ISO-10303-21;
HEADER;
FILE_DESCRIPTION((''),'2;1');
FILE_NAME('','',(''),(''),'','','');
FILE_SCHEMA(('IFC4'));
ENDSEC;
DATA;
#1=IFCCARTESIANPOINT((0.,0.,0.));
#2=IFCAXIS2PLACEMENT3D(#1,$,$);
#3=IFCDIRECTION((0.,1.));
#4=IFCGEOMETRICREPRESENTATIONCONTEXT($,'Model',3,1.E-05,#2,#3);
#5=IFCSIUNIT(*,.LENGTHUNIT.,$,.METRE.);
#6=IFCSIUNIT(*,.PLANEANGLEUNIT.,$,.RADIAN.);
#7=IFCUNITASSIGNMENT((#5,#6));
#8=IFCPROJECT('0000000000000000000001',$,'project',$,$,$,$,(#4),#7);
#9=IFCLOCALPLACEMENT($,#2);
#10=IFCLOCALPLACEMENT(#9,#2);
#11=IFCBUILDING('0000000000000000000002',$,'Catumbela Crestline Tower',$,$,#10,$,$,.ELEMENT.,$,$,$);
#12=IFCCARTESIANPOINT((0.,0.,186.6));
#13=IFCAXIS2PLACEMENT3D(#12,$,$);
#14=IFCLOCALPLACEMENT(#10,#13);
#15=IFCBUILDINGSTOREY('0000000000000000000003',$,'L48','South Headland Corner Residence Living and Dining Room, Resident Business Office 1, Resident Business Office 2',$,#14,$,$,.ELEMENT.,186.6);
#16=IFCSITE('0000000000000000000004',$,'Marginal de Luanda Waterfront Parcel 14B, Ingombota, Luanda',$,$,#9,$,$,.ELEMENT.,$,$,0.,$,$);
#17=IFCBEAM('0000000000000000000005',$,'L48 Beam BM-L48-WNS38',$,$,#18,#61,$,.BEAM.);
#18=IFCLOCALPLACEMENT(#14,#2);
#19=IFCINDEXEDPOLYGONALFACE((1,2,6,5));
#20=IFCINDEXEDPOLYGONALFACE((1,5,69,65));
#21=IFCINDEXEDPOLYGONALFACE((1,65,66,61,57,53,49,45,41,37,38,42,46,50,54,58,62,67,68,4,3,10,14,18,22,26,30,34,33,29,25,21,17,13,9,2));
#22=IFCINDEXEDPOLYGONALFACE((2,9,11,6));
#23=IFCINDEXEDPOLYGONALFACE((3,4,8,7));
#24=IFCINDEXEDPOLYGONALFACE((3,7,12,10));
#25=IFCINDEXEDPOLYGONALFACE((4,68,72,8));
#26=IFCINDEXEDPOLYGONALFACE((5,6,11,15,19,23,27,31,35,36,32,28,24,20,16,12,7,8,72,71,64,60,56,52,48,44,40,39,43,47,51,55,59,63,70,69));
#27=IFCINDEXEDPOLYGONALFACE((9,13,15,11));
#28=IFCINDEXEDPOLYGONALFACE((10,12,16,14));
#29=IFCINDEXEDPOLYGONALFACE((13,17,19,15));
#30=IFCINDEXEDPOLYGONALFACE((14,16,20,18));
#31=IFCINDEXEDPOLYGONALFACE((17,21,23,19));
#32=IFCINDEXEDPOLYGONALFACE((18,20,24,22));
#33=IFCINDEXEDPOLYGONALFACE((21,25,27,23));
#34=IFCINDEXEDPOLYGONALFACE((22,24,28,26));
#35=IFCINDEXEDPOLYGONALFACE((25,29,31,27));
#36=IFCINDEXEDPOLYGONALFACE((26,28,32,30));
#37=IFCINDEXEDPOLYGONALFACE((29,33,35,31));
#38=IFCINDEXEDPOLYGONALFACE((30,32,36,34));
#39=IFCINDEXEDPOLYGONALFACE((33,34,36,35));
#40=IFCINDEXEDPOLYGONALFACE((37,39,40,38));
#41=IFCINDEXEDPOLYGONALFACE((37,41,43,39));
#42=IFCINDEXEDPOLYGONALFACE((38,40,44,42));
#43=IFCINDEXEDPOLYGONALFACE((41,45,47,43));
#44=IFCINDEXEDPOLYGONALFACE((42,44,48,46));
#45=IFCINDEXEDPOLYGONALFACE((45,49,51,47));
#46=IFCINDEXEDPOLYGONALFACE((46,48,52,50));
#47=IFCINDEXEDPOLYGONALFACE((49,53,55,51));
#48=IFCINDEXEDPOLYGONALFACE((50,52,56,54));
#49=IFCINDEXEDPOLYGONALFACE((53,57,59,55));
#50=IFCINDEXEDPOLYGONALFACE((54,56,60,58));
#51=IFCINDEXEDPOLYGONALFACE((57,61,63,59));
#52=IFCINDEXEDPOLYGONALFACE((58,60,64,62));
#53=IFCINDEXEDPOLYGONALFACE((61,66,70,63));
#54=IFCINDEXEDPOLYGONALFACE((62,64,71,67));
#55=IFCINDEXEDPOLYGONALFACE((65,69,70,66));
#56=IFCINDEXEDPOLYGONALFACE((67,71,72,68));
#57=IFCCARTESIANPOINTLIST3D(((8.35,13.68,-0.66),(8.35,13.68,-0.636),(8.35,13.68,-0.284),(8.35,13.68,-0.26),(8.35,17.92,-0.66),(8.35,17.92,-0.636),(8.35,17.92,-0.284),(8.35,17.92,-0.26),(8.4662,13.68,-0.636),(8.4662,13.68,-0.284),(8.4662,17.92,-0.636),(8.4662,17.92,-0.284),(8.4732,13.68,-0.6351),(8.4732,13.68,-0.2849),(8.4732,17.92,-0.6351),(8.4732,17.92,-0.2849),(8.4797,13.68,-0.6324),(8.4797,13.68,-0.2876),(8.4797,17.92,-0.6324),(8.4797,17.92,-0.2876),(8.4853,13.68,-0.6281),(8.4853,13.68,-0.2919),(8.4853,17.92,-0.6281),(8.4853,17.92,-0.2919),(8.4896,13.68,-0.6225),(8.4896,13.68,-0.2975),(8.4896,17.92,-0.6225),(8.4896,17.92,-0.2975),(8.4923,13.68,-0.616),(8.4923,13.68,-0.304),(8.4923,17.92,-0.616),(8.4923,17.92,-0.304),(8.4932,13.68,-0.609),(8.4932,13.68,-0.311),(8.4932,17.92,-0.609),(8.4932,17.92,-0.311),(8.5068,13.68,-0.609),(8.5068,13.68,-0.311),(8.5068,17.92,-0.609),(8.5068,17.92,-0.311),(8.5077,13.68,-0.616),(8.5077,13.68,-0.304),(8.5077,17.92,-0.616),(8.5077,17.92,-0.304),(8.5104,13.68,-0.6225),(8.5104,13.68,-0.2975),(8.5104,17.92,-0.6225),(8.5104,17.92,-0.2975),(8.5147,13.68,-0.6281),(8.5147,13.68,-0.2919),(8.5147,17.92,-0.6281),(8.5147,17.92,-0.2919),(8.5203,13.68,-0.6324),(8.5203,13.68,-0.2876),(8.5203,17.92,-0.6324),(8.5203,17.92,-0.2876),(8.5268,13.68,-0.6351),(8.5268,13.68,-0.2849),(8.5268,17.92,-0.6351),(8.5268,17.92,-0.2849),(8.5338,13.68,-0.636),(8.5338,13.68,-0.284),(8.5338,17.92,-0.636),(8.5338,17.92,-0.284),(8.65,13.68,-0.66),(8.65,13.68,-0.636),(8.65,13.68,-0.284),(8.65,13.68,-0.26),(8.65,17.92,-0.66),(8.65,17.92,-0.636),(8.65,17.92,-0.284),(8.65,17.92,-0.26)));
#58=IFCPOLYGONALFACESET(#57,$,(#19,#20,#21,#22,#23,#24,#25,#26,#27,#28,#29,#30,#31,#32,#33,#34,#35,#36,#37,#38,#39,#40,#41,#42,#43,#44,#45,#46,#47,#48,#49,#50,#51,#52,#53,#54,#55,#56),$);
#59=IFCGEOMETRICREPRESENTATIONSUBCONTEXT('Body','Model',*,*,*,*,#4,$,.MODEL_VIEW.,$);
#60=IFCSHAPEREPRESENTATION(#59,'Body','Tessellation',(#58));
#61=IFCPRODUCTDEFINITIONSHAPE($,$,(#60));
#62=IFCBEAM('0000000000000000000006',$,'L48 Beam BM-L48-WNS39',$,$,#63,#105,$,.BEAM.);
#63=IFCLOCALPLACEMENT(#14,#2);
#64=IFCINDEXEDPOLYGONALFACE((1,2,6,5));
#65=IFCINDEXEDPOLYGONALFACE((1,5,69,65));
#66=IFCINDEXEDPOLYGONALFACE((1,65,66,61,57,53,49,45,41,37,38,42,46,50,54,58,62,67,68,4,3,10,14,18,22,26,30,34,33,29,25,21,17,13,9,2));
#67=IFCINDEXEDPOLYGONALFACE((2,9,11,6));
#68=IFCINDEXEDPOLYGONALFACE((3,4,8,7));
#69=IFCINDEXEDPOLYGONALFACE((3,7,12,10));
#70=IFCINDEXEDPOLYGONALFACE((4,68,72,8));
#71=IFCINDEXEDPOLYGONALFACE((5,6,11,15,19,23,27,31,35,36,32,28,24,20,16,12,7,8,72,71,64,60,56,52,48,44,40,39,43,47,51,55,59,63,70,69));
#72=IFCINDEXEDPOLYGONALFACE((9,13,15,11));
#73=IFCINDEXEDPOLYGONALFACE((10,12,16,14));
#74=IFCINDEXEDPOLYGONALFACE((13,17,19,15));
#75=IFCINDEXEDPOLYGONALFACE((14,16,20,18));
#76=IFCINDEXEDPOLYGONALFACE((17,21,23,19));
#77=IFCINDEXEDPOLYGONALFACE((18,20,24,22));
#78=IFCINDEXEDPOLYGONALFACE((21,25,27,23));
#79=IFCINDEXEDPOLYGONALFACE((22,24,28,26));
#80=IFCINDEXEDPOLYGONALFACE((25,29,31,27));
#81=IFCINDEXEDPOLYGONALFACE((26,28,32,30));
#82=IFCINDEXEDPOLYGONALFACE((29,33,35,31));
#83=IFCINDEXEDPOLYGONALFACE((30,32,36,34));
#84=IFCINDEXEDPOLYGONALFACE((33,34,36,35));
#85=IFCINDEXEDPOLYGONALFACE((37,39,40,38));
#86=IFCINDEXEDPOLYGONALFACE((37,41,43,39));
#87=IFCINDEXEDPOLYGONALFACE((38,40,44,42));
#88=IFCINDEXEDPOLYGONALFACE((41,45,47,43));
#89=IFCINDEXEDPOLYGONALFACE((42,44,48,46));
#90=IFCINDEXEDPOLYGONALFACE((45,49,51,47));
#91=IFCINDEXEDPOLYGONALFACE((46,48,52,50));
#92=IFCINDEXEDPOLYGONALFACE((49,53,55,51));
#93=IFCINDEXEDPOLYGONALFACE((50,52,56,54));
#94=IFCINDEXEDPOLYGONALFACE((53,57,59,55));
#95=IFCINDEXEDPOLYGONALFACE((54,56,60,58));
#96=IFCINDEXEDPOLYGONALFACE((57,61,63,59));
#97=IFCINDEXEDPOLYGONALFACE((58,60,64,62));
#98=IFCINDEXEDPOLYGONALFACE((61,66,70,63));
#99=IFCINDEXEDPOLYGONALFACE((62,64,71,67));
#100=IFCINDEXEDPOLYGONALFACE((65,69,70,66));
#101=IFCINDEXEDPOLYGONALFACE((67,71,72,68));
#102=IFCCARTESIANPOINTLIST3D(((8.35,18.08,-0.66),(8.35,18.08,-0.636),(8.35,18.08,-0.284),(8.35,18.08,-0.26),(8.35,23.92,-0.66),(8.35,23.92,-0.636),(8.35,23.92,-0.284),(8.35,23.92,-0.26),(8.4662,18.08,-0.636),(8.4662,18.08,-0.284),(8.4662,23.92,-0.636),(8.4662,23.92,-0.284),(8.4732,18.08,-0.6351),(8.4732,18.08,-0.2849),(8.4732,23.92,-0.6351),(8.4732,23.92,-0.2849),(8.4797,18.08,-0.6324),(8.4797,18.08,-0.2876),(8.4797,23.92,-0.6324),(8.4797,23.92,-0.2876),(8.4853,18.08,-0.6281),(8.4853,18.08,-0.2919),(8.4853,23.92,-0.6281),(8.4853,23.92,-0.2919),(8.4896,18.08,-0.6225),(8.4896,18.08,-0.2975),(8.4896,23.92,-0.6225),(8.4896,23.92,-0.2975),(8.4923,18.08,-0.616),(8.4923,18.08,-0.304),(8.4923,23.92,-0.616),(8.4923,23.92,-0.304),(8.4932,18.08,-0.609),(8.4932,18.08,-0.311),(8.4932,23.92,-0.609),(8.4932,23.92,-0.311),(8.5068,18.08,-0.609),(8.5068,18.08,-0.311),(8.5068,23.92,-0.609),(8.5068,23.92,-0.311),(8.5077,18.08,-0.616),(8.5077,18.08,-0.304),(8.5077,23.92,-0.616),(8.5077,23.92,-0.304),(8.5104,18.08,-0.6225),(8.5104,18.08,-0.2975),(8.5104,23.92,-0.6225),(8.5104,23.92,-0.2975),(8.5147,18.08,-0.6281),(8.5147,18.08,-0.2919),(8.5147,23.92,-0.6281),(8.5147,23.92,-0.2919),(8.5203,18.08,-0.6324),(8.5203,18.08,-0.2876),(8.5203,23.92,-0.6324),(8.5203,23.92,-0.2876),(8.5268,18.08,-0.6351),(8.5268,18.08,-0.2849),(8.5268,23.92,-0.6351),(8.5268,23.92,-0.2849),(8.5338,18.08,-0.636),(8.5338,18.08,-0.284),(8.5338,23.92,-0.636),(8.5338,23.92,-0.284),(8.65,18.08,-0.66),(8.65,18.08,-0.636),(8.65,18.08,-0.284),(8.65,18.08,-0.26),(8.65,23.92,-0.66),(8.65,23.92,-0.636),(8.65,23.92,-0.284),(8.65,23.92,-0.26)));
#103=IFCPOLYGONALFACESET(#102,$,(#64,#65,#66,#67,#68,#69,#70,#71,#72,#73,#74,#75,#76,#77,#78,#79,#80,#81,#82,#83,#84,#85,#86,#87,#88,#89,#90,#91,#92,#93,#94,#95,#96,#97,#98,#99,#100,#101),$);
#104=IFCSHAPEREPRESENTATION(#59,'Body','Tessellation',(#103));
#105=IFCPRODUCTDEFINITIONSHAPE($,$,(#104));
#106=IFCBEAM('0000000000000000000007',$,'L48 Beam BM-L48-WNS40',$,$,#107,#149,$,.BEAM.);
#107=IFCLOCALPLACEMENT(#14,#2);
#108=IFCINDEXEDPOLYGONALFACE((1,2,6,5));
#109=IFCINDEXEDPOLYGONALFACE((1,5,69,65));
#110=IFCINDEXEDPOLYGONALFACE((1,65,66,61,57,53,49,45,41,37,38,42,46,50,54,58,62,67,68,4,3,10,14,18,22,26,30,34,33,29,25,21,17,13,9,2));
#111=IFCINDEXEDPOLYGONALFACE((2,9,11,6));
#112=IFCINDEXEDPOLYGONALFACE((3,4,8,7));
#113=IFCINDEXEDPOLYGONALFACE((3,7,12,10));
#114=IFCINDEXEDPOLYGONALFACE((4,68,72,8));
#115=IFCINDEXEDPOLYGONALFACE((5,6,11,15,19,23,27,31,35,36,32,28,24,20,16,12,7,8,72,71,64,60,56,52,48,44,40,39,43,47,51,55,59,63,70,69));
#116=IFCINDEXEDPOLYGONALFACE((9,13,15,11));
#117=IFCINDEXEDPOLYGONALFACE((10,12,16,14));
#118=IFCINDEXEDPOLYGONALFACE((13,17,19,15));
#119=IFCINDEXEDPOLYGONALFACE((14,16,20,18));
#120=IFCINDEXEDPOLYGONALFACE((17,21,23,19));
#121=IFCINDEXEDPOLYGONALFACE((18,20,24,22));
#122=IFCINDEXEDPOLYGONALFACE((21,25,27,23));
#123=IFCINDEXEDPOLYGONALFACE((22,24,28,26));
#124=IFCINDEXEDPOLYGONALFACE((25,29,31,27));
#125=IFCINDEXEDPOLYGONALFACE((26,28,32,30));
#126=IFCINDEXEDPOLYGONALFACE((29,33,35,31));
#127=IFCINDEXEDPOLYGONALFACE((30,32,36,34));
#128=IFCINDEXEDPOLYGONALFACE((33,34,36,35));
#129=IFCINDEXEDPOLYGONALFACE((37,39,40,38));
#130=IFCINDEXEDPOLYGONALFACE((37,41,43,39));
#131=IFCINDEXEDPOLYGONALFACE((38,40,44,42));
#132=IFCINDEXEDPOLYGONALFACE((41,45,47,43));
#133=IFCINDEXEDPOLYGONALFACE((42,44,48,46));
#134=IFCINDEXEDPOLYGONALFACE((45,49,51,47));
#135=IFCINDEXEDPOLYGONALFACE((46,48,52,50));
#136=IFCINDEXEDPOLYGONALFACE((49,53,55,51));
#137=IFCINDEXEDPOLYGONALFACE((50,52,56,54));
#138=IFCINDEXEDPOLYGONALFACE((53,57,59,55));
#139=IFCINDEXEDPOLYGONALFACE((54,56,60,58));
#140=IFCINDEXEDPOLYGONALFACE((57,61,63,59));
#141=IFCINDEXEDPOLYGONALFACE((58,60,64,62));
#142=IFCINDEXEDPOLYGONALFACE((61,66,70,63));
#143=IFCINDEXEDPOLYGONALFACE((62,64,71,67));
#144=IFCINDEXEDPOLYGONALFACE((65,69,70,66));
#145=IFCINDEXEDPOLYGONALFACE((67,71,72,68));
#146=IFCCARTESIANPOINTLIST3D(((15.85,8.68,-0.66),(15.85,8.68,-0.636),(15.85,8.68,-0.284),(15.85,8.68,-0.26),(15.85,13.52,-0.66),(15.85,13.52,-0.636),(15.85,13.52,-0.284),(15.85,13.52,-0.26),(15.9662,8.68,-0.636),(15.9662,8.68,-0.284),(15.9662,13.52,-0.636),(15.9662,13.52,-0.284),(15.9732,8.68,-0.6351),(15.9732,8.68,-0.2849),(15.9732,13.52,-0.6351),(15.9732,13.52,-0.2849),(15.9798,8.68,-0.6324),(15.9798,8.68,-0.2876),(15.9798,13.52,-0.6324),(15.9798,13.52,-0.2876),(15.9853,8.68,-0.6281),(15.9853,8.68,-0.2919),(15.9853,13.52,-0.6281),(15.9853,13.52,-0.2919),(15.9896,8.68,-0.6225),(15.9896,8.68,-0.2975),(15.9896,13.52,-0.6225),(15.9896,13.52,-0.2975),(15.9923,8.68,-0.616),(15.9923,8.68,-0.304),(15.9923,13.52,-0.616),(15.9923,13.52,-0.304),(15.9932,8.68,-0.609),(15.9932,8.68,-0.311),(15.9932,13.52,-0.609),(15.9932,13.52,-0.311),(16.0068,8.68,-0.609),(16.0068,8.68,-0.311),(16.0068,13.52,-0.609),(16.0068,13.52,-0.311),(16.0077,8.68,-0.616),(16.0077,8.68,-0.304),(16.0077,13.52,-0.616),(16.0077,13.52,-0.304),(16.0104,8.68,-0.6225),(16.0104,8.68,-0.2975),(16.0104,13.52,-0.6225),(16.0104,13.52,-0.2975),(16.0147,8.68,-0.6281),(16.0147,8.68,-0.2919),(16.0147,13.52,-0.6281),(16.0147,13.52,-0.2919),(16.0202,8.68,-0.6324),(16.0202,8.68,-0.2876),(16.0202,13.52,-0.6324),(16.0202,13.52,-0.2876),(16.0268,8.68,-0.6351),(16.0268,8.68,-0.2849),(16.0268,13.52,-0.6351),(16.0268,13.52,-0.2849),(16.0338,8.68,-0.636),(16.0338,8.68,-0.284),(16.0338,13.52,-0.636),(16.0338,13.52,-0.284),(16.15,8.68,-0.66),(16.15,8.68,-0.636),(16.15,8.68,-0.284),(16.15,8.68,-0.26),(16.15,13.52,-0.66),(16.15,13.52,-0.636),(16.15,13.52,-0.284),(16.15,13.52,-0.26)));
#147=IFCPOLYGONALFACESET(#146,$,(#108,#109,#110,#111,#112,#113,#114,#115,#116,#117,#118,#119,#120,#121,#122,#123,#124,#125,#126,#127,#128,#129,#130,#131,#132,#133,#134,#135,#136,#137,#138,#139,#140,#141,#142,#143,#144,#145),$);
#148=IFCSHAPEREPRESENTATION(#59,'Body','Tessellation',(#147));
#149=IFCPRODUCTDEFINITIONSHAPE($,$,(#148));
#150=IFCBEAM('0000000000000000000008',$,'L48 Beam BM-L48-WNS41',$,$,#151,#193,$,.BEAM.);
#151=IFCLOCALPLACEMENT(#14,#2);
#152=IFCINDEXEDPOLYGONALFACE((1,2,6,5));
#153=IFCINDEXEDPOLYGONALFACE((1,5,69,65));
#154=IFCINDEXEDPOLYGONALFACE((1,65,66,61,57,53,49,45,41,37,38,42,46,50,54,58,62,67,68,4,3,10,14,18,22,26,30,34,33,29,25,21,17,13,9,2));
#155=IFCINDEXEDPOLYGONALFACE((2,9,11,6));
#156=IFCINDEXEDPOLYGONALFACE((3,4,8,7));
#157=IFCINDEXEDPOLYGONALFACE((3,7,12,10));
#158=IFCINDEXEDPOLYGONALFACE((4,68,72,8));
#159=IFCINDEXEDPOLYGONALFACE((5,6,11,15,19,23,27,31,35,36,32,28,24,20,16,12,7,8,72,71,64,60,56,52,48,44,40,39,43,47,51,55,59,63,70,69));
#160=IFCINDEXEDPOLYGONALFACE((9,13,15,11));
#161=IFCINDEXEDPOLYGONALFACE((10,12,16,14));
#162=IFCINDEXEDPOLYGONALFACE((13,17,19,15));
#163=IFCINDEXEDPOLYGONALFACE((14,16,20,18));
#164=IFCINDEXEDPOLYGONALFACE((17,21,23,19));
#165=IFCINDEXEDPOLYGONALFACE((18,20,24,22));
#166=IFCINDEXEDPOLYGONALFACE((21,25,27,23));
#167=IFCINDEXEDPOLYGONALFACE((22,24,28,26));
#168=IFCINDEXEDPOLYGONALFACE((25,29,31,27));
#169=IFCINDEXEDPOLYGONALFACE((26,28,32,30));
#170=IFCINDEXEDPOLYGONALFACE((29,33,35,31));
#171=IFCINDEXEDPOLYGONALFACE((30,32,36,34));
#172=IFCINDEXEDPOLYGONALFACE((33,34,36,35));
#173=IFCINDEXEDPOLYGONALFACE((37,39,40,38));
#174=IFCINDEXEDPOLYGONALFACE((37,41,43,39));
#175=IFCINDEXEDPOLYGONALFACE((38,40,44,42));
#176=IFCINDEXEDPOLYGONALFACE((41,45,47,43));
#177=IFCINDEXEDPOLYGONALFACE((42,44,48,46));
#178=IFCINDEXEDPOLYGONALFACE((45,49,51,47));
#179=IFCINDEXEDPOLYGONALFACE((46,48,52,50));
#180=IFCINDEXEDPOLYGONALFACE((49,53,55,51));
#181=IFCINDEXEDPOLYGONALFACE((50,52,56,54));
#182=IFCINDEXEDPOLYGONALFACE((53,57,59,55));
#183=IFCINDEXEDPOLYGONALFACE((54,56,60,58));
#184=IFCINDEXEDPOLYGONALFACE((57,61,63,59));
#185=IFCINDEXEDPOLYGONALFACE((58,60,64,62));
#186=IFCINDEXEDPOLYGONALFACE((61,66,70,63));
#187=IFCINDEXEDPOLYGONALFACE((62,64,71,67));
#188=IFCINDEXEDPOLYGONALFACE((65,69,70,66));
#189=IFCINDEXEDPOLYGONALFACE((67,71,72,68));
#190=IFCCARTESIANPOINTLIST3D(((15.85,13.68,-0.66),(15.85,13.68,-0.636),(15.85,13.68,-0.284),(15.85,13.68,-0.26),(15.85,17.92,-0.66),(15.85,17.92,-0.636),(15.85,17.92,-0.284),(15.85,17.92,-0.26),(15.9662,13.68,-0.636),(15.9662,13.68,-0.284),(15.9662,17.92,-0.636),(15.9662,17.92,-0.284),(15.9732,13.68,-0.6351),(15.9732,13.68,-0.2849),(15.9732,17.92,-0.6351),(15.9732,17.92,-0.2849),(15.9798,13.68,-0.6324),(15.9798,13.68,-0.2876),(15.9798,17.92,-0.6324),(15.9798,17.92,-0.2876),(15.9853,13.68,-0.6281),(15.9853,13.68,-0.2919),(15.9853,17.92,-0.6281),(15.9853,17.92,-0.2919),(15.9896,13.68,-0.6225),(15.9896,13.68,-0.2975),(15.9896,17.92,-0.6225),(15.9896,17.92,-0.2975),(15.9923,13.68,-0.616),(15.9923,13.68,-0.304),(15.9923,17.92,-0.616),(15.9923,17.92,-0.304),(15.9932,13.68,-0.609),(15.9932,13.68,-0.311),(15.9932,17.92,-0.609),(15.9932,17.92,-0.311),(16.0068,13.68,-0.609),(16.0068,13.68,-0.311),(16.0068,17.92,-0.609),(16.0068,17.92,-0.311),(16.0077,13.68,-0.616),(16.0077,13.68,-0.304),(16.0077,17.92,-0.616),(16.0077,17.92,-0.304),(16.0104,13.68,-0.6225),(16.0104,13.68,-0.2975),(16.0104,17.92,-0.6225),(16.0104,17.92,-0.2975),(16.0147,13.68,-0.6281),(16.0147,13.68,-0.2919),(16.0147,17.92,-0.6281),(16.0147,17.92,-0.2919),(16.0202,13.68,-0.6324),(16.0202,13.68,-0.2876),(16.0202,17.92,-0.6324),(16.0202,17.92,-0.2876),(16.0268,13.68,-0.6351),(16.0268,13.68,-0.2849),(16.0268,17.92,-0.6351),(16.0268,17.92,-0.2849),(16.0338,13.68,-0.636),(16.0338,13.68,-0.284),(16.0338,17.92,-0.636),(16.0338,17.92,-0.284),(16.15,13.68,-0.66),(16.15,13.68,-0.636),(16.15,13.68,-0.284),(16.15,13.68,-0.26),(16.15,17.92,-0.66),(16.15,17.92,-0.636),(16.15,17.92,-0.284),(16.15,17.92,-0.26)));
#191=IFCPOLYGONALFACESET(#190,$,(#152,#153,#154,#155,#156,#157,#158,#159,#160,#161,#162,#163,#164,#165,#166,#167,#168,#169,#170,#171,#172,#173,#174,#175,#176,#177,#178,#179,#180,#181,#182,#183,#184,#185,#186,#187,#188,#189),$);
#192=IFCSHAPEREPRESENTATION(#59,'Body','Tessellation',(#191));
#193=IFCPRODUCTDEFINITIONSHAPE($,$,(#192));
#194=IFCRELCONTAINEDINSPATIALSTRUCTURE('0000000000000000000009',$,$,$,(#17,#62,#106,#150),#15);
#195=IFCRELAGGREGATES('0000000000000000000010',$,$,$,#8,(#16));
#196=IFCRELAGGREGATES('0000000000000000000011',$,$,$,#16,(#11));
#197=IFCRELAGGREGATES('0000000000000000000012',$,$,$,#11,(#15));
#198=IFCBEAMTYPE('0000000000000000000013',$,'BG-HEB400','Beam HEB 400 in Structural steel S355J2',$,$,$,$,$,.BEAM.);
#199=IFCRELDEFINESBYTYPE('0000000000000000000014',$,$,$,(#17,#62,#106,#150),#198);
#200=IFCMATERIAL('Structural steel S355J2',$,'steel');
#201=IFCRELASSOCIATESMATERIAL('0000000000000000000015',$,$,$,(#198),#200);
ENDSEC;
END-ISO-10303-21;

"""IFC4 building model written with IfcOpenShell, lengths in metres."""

from ifc_helpers import new_model, si_unit, direction, frame, origin, origin_2d, place, context, subcontext, project, spatial, i_section, extrude, material, material_profile, profile_set, type_object, element, save


model = new_model("IFC4")

# Units and contexts
model_context = context("Model", 3, precision=1e-05, world=origin(), true_north=direction((0.0, 1.0)))
body_context = subcontext(model_context, "Body", "Model", "MODEL_VIEW")
ifc_project = project(units=[si_unit("LENGTHUNIT", "METRE"), si_unit("PLANEANGLEUNIT", "RADIAN")], contexts=[model_context])

# Site, building, storey
site_placement = place(None, origin())
site = spatial("IfcSite", under=ifc_project, at=site_placement, Name="Marginal de Luanda Waterfront Parcel 14B, Ingombota, Luanda", CompositionType="ELEMENT", RefElevation=0.0)
building_placement = place(site_placement, origin())
building = spatial("IfcBuilding", under=site, at=building_placement, Name="Catumbela Crestline Tower", CompositionType="ELEMENT")
storey_placement = place(building_placement, frame((0.0, 0.0, 186.6)))
storey = spatial("IfcBuildingStorey", under=building, at=storey_placement, Name="L48", Description="South Headland Corner Residence Living and Dining Room, Resident Business Office 1, Resident Business Office 2", CompositionType="ELEMENT", Elevation=186.6)

# Shared definitions
ifc_material_1 = material(Name="Structural steel S355J2", Category="steel")

# Beams
ifc_material_profile_1 = material_profile(ifc_material_1, i_section(OverallWidth=0.3, OverallDepth=0.4, WebThickness=0.0135, FlangeThickness=0.024, FilletRadius=0.027, at=origin_2d()), Name="HEB 400")
ifc_profile_set_1 = profile_set([ifc_material_profile_1], Name="Structural steel S355J2")
beam_type_1 = type_object("IfcBeamType", Name="BG-HEB400", Description="Beam HEB 400 in Structural steel S355J2", PredefinedType="BEAM", material=ifc_profile_set_1)
beam_1_placement = place(storey_placement, frame((8.5, 13.68, -0.46), z_axis=(0.0, 1.0, 0.0), x_axis=(-1.0, 0.0, 0.0)))
element("IfcBeam", 1, at=beam_1_placement, inside=storey, type_object=beam_type_1, Name="L48 Beam BM-L48-WNS38", PredefinedType="BEAM", context=body_context, shape_type="SweptSolid", body=[
    extrude(i_section(OverallWidth=0.3, OverallDepth=0.4, WebThickness=0.0135, FlangeThickness=0.024, FilletRadius=0.027, at=origin_2d()), origin(), (0.0, 0.0, 1.0), 4.24),
])
beam_2_placement = place(storey_placement, frame((8.5, 18.08, -0.46), z_axis=(0.0, 1.0, 0.0), x_axis=(-1.0, 0.0, 0.0)))
element("IfcBeam", 2, at=beam_2_placement, inside=storey, type_object=beam_type_1, Name="L48 Beam BM-L48-WNS39", PredefinedType="BEAM", context=body_context, shape_type="SweptSolid", body=[
    extrude(i_section(OverallWidth=0.3, OverallDepth=0.4, WebThickness=0.0135, FlangeThickness=0.024, FilletRadius=0.027, at=origin_2d()), origin(), (0.0, 0.0, 1.0), 5.84),
])
beam_3_placement = place(storey_placement, frame((16.0, 8.68, -0.46), z_axis=(0.0, 1.0, 0.0), x_axis=(-1.0, 0.0, 0.0)))
element("IfcBeam", 3, at=beam_3_placement, inside=storey, type_object=beam_type_1, Name="L48 Beam BM-L48-WNS40", PredefinedType="BEAM", context=body_context, shape_type="SweptSolid", body=[
    extrude(i_section(OverallWidth=0.3, OverallDepth=0.4, WebThickness=0.0135, FlangeThickness=0.024, FilletRadius=0.027, at=origin_2d()), origin(), (0.0, 0.0, 1.0), 4.84),
])
beam_4_placement = place(storey_placement, frame((16.0, 13.68, -0.46), z_axis=(0.0, 1.0, 0.0), x_axis=(-1.0, 0.0, 0.0)))
element("IfcBeam", 4, at=beam_4_placement, inside=storey, type_object=beam_type_1, Name="L48 Beam BM-L48-WNS41", PredefinedType="BEAM", context=body_context, shape_type="SweptSolid", body=[
    extrude(i_section(OverallWidth=0.3, OverallDepth=0.4, WebThickness=0.0135, FlangeThickness=0.024, FilletRadius=0.027, at=origin_2d()), origin(), (0.0, 0.0, 1.0), 4.24),
])

save(model, "model.ifc")
